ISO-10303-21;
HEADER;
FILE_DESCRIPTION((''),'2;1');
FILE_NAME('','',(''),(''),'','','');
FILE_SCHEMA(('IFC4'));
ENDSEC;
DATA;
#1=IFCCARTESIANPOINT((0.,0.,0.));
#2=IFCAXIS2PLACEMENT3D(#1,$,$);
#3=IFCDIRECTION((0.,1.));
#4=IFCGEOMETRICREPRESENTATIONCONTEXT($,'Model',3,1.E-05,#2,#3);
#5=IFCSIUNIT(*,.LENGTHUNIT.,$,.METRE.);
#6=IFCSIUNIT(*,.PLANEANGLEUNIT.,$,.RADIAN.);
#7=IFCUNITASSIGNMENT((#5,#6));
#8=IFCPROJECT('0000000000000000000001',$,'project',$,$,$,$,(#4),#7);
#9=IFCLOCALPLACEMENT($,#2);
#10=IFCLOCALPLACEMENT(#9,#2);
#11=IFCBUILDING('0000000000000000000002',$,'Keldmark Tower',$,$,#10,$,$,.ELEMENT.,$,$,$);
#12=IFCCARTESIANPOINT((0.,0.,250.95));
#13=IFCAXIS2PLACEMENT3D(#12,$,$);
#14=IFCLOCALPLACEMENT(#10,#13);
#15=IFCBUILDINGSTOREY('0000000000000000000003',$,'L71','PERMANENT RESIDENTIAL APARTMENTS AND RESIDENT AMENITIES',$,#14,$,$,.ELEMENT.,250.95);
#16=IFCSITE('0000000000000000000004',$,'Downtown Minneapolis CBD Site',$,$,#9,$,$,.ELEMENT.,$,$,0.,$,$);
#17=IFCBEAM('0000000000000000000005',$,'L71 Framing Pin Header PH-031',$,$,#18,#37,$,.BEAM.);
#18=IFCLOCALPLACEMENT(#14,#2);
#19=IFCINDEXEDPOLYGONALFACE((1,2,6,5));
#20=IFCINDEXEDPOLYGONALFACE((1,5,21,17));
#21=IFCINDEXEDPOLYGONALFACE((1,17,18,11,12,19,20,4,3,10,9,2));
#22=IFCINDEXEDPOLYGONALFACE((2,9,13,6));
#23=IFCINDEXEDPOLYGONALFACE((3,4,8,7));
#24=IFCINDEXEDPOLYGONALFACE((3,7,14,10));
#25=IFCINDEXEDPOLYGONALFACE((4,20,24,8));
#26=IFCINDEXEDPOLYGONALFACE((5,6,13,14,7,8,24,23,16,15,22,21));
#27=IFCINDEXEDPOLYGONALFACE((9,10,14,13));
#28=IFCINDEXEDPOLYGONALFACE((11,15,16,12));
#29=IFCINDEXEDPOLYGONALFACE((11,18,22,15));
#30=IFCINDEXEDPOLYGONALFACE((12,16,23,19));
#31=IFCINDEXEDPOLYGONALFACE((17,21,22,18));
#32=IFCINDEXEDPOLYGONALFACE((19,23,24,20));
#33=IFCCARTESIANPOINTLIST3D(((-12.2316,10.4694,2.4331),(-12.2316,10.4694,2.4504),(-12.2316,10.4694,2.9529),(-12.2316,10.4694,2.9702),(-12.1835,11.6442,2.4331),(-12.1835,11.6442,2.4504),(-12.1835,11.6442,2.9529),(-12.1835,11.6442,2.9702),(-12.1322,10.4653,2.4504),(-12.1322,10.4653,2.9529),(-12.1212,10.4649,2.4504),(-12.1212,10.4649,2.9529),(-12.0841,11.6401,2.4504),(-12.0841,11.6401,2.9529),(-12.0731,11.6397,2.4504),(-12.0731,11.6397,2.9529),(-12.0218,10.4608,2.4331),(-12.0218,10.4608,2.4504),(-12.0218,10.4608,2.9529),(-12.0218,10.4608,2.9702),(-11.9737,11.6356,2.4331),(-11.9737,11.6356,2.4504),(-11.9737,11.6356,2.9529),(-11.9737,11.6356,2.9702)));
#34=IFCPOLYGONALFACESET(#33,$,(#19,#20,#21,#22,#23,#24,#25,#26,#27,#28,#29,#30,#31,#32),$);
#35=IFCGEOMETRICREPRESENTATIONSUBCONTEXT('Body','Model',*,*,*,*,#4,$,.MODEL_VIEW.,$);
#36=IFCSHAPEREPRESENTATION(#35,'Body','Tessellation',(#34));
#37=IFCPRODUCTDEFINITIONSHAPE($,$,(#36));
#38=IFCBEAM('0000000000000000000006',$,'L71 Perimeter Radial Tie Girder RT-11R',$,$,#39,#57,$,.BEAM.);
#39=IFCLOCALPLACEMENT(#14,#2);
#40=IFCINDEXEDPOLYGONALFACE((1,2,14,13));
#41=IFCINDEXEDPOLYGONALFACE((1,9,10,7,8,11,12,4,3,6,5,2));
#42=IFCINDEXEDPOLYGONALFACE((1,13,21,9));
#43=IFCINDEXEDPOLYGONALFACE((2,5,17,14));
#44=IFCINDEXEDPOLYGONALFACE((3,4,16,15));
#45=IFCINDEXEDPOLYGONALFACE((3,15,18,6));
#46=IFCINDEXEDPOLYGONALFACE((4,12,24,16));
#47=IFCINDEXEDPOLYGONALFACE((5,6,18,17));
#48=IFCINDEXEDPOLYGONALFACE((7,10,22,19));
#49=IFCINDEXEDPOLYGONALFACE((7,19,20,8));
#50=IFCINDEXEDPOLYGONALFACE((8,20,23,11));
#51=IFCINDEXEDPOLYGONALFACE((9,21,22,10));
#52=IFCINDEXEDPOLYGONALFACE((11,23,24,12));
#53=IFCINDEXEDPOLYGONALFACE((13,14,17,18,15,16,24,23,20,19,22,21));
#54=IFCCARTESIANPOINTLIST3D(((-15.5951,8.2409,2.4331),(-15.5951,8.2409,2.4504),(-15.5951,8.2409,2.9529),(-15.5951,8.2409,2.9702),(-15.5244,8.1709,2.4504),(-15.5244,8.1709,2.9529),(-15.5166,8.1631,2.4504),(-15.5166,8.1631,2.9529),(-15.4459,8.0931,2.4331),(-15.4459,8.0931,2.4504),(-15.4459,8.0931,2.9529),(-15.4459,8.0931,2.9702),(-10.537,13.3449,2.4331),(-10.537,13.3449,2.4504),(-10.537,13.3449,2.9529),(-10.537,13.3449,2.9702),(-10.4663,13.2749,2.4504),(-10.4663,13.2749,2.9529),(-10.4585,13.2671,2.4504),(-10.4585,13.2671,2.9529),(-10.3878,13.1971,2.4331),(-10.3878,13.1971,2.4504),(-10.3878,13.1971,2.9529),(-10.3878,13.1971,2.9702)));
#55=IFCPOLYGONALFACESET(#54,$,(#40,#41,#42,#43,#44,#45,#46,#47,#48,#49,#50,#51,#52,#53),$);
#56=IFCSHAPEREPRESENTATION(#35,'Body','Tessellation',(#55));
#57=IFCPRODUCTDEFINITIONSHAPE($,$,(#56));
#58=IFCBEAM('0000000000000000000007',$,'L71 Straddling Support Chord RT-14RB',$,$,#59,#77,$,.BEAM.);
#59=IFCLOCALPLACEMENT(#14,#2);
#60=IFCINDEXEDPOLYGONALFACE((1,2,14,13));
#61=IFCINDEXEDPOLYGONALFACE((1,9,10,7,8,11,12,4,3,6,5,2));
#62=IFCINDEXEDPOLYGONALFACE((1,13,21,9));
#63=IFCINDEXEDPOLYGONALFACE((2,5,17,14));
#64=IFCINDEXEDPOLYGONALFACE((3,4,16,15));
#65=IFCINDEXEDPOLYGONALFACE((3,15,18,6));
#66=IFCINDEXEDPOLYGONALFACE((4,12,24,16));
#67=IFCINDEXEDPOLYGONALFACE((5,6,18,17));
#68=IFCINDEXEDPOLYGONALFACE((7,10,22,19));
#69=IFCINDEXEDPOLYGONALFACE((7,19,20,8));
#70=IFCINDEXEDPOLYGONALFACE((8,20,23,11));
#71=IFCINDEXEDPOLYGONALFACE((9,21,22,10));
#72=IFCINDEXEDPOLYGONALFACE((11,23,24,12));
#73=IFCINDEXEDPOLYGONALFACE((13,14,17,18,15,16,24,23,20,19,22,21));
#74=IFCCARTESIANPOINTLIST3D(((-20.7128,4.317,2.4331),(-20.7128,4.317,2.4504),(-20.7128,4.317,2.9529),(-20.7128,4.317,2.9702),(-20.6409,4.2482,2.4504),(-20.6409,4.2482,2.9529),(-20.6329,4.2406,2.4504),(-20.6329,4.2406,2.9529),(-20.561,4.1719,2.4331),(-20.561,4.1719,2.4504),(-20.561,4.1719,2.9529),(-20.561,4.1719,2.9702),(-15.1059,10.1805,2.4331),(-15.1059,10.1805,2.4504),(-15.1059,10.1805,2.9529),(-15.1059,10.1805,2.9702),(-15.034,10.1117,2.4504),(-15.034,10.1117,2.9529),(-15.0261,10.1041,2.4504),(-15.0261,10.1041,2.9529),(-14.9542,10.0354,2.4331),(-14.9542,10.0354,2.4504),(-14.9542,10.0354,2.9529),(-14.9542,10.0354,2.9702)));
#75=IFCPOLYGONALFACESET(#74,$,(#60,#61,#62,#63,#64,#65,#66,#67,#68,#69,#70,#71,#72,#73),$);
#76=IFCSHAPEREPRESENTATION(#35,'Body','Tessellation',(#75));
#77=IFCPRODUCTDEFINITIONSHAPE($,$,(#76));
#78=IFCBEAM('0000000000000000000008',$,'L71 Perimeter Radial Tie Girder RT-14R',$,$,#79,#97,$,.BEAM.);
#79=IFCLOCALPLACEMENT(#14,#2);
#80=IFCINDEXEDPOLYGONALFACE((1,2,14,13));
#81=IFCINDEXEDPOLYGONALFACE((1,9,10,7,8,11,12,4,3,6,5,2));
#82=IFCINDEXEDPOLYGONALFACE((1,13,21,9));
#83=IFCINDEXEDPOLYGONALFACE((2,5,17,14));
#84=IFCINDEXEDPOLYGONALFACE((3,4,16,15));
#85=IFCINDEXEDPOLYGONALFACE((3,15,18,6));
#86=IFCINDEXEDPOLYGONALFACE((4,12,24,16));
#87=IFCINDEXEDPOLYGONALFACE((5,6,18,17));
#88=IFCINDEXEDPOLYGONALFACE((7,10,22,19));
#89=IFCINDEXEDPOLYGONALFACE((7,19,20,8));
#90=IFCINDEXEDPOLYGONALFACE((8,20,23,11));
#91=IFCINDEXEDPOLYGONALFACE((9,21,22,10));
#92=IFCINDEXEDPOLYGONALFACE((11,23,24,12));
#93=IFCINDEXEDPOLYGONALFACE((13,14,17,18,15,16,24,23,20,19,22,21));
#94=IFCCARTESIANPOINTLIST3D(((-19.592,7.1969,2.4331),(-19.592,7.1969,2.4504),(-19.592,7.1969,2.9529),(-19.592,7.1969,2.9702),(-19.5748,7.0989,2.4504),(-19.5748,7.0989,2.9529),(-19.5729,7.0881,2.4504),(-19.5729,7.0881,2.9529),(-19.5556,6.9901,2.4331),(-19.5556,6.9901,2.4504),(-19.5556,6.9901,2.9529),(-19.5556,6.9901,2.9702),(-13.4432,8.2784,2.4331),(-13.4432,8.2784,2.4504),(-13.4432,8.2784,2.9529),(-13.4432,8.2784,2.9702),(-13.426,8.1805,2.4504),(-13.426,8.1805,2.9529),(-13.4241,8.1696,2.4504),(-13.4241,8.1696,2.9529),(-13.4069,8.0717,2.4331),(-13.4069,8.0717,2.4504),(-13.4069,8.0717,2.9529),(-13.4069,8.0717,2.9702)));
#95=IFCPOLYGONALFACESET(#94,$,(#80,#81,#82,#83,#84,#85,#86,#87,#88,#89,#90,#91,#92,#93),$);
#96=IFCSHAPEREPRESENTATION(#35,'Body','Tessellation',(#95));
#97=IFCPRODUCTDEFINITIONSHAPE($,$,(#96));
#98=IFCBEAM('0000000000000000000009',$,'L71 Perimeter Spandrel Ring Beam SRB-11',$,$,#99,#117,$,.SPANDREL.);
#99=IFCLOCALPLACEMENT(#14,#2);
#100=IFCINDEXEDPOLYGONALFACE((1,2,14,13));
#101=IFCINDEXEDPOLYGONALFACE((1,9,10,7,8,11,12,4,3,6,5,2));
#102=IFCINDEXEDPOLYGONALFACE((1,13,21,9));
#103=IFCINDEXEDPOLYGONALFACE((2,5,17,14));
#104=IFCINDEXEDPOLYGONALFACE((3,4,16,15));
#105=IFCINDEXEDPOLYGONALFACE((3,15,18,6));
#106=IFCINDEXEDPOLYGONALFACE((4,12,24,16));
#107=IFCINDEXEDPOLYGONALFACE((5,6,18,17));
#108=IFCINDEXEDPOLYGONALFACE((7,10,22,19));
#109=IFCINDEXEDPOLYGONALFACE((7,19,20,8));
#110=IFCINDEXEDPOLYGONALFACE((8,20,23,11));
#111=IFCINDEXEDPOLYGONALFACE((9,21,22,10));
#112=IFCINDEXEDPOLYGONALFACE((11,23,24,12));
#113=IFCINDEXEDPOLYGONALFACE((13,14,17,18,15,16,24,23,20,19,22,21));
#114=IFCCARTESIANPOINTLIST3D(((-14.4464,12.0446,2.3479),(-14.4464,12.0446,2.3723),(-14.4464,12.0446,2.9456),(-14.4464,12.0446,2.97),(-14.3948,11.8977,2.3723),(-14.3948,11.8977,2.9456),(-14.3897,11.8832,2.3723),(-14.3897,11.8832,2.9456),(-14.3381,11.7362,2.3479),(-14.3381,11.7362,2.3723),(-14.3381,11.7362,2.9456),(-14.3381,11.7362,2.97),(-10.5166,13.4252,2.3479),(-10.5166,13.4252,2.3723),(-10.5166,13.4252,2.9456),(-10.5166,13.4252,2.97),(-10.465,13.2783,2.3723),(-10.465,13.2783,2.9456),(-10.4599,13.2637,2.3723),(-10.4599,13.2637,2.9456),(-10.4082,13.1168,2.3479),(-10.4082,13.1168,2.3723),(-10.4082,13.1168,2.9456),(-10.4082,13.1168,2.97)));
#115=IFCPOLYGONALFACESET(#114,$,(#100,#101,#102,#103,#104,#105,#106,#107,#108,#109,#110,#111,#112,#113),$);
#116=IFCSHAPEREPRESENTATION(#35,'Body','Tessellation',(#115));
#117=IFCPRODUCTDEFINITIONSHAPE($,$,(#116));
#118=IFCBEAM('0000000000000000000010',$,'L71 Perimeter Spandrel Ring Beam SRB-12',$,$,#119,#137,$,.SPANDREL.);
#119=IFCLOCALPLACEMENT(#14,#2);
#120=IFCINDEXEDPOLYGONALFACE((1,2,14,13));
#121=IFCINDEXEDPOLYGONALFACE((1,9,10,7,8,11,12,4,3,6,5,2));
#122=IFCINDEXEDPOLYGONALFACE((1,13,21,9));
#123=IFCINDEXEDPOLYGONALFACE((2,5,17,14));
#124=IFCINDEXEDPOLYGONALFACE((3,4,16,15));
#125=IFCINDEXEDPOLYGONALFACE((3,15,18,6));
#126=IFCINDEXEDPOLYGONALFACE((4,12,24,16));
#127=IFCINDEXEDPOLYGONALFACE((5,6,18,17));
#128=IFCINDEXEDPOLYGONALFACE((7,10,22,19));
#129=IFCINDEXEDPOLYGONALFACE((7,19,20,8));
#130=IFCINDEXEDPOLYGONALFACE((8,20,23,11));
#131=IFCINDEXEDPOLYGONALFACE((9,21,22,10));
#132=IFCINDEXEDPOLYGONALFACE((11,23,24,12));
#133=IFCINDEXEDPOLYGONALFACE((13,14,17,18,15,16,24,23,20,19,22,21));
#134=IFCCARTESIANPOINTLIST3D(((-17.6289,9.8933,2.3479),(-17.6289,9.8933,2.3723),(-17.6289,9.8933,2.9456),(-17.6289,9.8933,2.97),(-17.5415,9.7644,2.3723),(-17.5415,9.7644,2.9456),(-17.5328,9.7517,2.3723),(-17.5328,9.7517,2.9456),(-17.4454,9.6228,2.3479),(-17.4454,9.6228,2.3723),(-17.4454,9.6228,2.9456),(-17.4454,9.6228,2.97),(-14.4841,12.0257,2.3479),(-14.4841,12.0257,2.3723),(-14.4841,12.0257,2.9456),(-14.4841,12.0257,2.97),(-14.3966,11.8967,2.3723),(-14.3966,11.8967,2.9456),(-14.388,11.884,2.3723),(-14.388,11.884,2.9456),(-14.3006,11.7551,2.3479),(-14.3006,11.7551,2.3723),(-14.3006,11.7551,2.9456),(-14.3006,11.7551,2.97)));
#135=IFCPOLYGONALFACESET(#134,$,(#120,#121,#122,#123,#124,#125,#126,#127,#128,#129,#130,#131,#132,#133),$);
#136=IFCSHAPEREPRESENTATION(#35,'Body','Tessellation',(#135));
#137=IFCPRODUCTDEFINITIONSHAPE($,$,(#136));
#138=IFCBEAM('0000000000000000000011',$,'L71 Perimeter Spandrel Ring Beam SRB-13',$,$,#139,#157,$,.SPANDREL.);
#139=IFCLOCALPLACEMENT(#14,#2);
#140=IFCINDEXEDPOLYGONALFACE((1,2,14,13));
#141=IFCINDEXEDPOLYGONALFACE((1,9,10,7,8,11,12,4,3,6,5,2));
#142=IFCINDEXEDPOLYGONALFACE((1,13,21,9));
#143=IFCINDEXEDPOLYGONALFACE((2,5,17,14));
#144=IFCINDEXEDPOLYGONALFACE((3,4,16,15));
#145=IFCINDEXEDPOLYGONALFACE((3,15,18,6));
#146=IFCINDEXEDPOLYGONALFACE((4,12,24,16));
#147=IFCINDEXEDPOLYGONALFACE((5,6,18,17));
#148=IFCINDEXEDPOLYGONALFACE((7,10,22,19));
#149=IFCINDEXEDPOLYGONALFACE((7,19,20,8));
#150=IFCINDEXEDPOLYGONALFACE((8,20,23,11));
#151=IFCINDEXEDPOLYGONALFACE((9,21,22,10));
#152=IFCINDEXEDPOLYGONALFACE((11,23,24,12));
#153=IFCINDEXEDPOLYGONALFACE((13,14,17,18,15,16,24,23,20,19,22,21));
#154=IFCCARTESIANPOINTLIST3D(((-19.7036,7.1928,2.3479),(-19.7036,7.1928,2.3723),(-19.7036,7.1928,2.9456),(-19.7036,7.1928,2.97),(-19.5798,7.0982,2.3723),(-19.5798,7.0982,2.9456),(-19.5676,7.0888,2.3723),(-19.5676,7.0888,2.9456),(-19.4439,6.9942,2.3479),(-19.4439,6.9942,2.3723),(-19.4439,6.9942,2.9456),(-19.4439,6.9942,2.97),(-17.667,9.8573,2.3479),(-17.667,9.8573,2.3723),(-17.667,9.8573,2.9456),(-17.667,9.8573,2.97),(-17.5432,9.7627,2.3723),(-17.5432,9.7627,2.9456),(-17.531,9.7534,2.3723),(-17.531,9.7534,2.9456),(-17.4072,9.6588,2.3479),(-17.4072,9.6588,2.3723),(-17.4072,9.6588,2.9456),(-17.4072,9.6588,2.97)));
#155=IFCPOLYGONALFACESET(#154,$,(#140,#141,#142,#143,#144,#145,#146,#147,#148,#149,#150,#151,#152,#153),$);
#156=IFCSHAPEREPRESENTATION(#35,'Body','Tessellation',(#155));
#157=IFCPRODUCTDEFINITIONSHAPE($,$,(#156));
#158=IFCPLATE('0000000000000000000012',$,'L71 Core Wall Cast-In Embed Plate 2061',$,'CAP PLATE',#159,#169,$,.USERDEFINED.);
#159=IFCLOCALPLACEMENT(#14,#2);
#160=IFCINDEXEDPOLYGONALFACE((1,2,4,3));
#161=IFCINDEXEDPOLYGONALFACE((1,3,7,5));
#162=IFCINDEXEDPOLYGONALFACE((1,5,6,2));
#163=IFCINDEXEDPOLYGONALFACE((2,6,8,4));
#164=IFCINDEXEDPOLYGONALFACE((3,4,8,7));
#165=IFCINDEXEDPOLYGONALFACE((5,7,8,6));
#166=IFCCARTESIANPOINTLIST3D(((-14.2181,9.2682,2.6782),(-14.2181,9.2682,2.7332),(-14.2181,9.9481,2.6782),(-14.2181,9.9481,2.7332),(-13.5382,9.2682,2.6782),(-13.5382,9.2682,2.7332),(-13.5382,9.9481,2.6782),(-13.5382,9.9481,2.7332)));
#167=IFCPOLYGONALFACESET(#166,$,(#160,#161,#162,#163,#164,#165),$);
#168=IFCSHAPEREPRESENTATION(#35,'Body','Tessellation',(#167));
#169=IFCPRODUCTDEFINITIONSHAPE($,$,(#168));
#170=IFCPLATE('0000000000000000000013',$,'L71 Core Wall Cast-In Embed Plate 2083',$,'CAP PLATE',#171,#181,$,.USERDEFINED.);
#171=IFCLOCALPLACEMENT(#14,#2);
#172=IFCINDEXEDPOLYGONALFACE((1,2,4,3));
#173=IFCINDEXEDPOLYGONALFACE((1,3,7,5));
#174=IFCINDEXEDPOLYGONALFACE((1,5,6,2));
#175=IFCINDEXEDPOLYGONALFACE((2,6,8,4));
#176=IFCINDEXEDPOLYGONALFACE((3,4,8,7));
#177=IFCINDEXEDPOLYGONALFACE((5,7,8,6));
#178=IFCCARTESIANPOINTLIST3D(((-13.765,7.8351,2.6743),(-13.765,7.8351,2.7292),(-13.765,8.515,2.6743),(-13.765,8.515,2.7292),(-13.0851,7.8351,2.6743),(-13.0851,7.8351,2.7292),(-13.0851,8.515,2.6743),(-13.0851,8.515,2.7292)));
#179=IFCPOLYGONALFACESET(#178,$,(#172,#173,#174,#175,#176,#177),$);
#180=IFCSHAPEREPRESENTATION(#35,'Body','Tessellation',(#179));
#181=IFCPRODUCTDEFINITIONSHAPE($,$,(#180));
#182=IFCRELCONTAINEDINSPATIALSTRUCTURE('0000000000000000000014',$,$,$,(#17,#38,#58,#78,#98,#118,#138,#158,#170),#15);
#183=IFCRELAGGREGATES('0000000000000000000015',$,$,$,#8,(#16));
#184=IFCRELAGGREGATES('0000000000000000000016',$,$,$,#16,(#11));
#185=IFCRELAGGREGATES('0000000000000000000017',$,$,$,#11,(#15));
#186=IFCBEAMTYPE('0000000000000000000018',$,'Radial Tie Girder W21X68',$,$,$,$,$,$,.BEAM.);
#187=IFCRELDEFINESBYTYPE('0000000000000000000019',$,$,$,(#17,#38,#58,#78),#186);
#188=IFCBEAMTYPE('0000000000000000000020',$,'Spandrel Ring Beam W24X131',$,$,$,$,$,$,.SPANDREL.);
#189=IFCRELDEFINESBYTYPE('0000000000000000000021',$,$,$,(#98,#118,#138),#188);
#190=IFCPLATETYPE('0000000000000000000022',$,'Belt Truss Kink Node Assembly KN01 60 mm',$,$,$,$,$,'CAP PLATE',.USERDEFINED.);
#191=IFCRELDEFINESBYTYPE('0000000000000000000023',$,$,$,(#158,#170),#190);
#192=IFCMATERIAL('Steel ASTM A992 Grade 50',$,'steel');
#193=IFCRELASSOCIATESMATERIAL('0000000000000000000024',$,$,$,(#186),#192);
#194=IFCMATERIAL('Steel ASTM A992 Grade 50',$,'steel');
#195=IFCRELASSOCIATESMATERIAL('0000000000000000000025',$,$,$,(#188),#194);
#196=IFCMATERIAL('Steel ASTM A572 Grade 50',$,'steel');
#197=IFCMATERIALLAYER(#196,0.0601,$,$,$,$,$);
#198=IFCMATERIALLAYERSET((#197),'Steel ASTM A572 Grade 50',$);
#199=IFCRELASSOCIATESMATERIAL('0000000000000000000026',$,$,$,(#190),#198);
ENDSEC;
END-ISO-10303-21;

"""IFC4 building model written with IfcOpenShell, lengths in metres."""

from ifc_helpers import new_model, si_unit, direction, frame, origin, origin_2d, place, context, subcontext, project, spatial, rectangle, i_section, extrude, material, layer, layer_set, material_profile, profile_set, type_object, element, save


model = new_model("IFC4")

# Units and contexts
model_context = context("Model", 3, precision=1e-05, world=origin(), true_north=direction((0.0, 1.0)))
body_context = subcontext(model_context, "Body", "Model", "MODEL_VIEW")
ifc_project = project(units=[si_unit("LENGTHUNIT", "METRE"), si_unit("PLANEANGLEUNIT", "RADIAN")], contexts=[model_context])

# Site, building, storey
site_placement = place(None, origin())
site = spatial("IfcSite", under=ifc_project, at=site_placement, Name="Downtown Minneapolis CBD Site", CompositionType="ELEMENT", RefElevation=0.0)
building_placement = place(site_placement, origin())
building = spatial("IfcBuilding", under=site, at=building_placement, Name="Keldmark Tower", CompositionType="ELEMENT")
storey_placement = place(building_placement, frame((0.0, 0.0, 250.95)))
storey = spatial("IfcBuildingStorey", under=building, at=storey_placement, Name="L71", Description="PERMANENT RESIDENTIAL APARTMENTS AND RESIDENT AMENITIES", CompositionType="ELEMENT", Elevation=250.95)

# Beams
ifc_material_1 = material(Name="Steel ASTM A992 Grade 50", Category="steel")
ifc_material_profile_1 = material_profile(ifc_material_1, i_section(OverallWidth=0.21, OverallDepth=0.5371, WebThickness=0.011, FlangeThickness=0.0173, at=origin_2d()), Name="W21X68")
ifc_profile_set_1 = profile_set([ifc_material_profile_1], Name="Steel ASTM A992 Grade 50")
beam_type_1 = type_object("IfcBeamType", Name="Radial Tie Girder W21X68", PredefinedType="BEAM", material=ifc_profile_set_1)
beam_1_placement = place(storey_placement, frame((-12.1267, 10.4651, 2.7017), z_axis=(0.040905, 0.999163, 0.0), x_axis=(-0.999163, 0.040905, 0.0)))
element("IfcBeam", 1, at=beam_1_placement, inside=storey, type_object=beam_type_1, Name="L71 Framing Pin Header PH-031", PredefinedType="BEAM", context=body_context, shape_type="SweptSolid", body=[
    extrude(i_section(OverallWidth=0.21, OverallDepth=0.5371, WebThickness=0.011, FlangeThickness=0.0173, at=origin_2d()), origin(), (0.0, 0.0, 1.0), 1.1758),
])
beam_2_placement = place(storey_placement, frame((-15.5205, 8.167, 2.7017), z_axis=(0.703906, 0.710293, 0.0), x_axis=(-0.710293, 0.703906, 0.0)))
element("IfcBeam", 2, at=beam_2_placement, inside=storey, type_object=beam_type_1, Name="L71 Perimeter Radial Tie Girder RT-11R", PredefinedType="BEAM", context=body_context, shape_type="SweptSolid", body=[
    extrude(i_section(OverallWidth=0.21, OverallDepth=0.5371, WebThickness=0.011, FlangeThickness=0.0173, at=origin_2d()), origin(), (0.0, 0.0, 1.0), 7.1858),
])
beam_3_placement = place(storey_placement, frame((-15.03, 10.1079, 2.7017), z_axis=(-0.691116, -0.722744, 0.0), x_axis=(0.722744, -0.691116, 0.0)))
element("IfcBeam", 3, at=beam_3_placement, inside=storey, type_object=beam_type_1, Name="L71 Straddling Support Chord RT-14RB", PredefinedType="BEAM", context=body_context, shape_type="SweptSolid", body=[
    extrude(i_section(OverallWidth=0.21, OverallDepth=0.5371, WebThickness=0.011, FlangeThickness=0.0173, at=origin_2d()), origin(), (0.0, 0.0, 1.0), 8.1128),
])
beam_4_placement = place(storey_placement, frame((-13.425, 8.175, 2.7017), z_axis=(-0.98488, -0.173239, 0.0), x_axis=(0.173239, -0.98488, 0.0)))
element("IfcBeam", 4, at=beam_4_placement, inside=storey, type_object=beam_type_1, Name="L71 Perimeter Radial Tie Girder RT-14R", PredefinedType="BEAM", context=body_context, shape_type="SweptSolid", body=[
    extrude(i_section(OverallWidth=0.21, OverallDepth=0.5371, WebThickness=0.011, FlangeThickness=0.0173, at=origin_2d()), origin(), (0.0, 0.0, 1.0), 6.2432),
])
ifc_material_2 = material(Name="Steel ASTM A992 Grade 50", Category="steel")
ifc_material_profile_2 = material_profile(ifc_material_2, i_section(OverallWidth=0.3269, OverallDepth=0.6221, WebThickness=0.0154, FlangeThickness=0.0244, at=origin_2d()), Name="W24X131")
ifc_profile_set_2 = profile_set([ifc_material_profile_2], Name="Steel ASTM A992 Grade 50")
beam_type_2 = type_object("IfcBeamType", Name="Spandrel Ring Beam W24X131", PredefinedType="SPANDREL", material=ifc_profile_set_2)
beam_5_placement = place(storey_placement, frame((-10.4624, 13.271, 2.6589), z_axis=(-0.943473, -0.331449, 0.0), x_axis=(0.331449, -0.943473, 0.0)))
element("IfcBeam", 5, at=beam_5_placement, inside=storey, type_object=beam_type_2, Name="L71 Perimeter Spandrel Ring Beam SRB-11", PredefinedType="SPANDREL", context=body_context, shape_type="SweptSolid", body=[
    extrude(i_section(OverallWidth=0.3269, OverallDepth=0.6221, WebThickness=0.0154, FlangeThickness=0.0244, at=origin_2d()), origin(), (0.0, 0.0, 1.0), 4.1653),
])
beam_6_placement = place(storey_placement, frame((-14.3923, 11.8904, 2.6589), z_axis=(-0.827675, -0.561208, 0.0), x_axis=(0.561208, -0.827675, 0.0)))
element("IfcBeam", 6, at=beam_6_placement, inside=storey, type_object=beam_type_2, Name="L71 Perimeter Spandrel Ring Beam SRB-12", PredefinedType="SPANDREL", context=body_context, shape_type="SweptSolid", body=[
    extrude(i_section(OverallWidth=0.3269, OverallDepth=0.6221, WebThickness=0.0154, FlangeThickness=0.0244, at=origin_2d()), origin(), (0.0, 0.0, 1.0), 3.7996),
])
beam_7_placement = place(storey_placement, frame((-17.5371, 9.7581, 2.6589), z_axis=(-0.607266, -0.794498, 0.0), x_axis=(0.794498, -0.607266, 0.0)))
element("IfcBeam", 7, at=beam_7_placement, inside=storey, type_object=beam_type_2, Name="L71 Perimeter Spandrel Ring Beam SRB-13", PredefinedType="SPANDREL", context=body_context, shape_type="SweptSolid", body=[
    extrude(i_section(OverallWidth=0.3269, OverallDepth=0.6221, WebThickness=0.0154, FlangeThickness=0.0244, at=origin_2d()), origin(), (0.0, 0.0, 1.0), 3.3538),
])

# Plates
ifc_material_3 = material(Name="Steel ASTM A572 Grade 50", Category="steel")
ifc_layer_1 = layer(ifc_material_3, 0.0601)
ifc_layer_set_1 = layer_set([ifc_layer_1], Name="Steel ASTM A572 Grade 50")
plate_type_1 = type_object("IfcPlateType", Name="Belt Truss Kink Node Assembly KN01 60 mm", ElementType="CAP PLATE", PredefinedType="USERDEFINED", material=ifc_layer_set_1)
for number, where, z_axis, x_axis, name in (
    (8, (-13.8782, 9.6082, 2.6782), (0.0, 0.0, 1.0), (1.0, 0.0, 0.0), "L71 Core Wall Cast-In Embed Plate 2061"),
    (9, (-13.425, 8.175, 2.6743), (0.0, 0.0, 1.0), (1.0, 0.0, 0.0), "L71 Core Wall Cast-In Embed Plate 2083"),
):
    element("IfcPlate", number, at=place(storey_placement, frame(where, z_axis=z_axis, x_axis=x_axis)), inside=storey, type_object=plate_type_1, Name=name, ObjectType="CAP PLATE", PredefinedType="USERDEFINED", context=body_context, shape_type="SweptSolid", body=[
        extrude(rectangle(XDim=0.6799, YDim=0.6799, at=origin_2d()), origin(), (0.0, 0.0, 1.0), 0.0549),
    ])

save(model, "model.ifc")
